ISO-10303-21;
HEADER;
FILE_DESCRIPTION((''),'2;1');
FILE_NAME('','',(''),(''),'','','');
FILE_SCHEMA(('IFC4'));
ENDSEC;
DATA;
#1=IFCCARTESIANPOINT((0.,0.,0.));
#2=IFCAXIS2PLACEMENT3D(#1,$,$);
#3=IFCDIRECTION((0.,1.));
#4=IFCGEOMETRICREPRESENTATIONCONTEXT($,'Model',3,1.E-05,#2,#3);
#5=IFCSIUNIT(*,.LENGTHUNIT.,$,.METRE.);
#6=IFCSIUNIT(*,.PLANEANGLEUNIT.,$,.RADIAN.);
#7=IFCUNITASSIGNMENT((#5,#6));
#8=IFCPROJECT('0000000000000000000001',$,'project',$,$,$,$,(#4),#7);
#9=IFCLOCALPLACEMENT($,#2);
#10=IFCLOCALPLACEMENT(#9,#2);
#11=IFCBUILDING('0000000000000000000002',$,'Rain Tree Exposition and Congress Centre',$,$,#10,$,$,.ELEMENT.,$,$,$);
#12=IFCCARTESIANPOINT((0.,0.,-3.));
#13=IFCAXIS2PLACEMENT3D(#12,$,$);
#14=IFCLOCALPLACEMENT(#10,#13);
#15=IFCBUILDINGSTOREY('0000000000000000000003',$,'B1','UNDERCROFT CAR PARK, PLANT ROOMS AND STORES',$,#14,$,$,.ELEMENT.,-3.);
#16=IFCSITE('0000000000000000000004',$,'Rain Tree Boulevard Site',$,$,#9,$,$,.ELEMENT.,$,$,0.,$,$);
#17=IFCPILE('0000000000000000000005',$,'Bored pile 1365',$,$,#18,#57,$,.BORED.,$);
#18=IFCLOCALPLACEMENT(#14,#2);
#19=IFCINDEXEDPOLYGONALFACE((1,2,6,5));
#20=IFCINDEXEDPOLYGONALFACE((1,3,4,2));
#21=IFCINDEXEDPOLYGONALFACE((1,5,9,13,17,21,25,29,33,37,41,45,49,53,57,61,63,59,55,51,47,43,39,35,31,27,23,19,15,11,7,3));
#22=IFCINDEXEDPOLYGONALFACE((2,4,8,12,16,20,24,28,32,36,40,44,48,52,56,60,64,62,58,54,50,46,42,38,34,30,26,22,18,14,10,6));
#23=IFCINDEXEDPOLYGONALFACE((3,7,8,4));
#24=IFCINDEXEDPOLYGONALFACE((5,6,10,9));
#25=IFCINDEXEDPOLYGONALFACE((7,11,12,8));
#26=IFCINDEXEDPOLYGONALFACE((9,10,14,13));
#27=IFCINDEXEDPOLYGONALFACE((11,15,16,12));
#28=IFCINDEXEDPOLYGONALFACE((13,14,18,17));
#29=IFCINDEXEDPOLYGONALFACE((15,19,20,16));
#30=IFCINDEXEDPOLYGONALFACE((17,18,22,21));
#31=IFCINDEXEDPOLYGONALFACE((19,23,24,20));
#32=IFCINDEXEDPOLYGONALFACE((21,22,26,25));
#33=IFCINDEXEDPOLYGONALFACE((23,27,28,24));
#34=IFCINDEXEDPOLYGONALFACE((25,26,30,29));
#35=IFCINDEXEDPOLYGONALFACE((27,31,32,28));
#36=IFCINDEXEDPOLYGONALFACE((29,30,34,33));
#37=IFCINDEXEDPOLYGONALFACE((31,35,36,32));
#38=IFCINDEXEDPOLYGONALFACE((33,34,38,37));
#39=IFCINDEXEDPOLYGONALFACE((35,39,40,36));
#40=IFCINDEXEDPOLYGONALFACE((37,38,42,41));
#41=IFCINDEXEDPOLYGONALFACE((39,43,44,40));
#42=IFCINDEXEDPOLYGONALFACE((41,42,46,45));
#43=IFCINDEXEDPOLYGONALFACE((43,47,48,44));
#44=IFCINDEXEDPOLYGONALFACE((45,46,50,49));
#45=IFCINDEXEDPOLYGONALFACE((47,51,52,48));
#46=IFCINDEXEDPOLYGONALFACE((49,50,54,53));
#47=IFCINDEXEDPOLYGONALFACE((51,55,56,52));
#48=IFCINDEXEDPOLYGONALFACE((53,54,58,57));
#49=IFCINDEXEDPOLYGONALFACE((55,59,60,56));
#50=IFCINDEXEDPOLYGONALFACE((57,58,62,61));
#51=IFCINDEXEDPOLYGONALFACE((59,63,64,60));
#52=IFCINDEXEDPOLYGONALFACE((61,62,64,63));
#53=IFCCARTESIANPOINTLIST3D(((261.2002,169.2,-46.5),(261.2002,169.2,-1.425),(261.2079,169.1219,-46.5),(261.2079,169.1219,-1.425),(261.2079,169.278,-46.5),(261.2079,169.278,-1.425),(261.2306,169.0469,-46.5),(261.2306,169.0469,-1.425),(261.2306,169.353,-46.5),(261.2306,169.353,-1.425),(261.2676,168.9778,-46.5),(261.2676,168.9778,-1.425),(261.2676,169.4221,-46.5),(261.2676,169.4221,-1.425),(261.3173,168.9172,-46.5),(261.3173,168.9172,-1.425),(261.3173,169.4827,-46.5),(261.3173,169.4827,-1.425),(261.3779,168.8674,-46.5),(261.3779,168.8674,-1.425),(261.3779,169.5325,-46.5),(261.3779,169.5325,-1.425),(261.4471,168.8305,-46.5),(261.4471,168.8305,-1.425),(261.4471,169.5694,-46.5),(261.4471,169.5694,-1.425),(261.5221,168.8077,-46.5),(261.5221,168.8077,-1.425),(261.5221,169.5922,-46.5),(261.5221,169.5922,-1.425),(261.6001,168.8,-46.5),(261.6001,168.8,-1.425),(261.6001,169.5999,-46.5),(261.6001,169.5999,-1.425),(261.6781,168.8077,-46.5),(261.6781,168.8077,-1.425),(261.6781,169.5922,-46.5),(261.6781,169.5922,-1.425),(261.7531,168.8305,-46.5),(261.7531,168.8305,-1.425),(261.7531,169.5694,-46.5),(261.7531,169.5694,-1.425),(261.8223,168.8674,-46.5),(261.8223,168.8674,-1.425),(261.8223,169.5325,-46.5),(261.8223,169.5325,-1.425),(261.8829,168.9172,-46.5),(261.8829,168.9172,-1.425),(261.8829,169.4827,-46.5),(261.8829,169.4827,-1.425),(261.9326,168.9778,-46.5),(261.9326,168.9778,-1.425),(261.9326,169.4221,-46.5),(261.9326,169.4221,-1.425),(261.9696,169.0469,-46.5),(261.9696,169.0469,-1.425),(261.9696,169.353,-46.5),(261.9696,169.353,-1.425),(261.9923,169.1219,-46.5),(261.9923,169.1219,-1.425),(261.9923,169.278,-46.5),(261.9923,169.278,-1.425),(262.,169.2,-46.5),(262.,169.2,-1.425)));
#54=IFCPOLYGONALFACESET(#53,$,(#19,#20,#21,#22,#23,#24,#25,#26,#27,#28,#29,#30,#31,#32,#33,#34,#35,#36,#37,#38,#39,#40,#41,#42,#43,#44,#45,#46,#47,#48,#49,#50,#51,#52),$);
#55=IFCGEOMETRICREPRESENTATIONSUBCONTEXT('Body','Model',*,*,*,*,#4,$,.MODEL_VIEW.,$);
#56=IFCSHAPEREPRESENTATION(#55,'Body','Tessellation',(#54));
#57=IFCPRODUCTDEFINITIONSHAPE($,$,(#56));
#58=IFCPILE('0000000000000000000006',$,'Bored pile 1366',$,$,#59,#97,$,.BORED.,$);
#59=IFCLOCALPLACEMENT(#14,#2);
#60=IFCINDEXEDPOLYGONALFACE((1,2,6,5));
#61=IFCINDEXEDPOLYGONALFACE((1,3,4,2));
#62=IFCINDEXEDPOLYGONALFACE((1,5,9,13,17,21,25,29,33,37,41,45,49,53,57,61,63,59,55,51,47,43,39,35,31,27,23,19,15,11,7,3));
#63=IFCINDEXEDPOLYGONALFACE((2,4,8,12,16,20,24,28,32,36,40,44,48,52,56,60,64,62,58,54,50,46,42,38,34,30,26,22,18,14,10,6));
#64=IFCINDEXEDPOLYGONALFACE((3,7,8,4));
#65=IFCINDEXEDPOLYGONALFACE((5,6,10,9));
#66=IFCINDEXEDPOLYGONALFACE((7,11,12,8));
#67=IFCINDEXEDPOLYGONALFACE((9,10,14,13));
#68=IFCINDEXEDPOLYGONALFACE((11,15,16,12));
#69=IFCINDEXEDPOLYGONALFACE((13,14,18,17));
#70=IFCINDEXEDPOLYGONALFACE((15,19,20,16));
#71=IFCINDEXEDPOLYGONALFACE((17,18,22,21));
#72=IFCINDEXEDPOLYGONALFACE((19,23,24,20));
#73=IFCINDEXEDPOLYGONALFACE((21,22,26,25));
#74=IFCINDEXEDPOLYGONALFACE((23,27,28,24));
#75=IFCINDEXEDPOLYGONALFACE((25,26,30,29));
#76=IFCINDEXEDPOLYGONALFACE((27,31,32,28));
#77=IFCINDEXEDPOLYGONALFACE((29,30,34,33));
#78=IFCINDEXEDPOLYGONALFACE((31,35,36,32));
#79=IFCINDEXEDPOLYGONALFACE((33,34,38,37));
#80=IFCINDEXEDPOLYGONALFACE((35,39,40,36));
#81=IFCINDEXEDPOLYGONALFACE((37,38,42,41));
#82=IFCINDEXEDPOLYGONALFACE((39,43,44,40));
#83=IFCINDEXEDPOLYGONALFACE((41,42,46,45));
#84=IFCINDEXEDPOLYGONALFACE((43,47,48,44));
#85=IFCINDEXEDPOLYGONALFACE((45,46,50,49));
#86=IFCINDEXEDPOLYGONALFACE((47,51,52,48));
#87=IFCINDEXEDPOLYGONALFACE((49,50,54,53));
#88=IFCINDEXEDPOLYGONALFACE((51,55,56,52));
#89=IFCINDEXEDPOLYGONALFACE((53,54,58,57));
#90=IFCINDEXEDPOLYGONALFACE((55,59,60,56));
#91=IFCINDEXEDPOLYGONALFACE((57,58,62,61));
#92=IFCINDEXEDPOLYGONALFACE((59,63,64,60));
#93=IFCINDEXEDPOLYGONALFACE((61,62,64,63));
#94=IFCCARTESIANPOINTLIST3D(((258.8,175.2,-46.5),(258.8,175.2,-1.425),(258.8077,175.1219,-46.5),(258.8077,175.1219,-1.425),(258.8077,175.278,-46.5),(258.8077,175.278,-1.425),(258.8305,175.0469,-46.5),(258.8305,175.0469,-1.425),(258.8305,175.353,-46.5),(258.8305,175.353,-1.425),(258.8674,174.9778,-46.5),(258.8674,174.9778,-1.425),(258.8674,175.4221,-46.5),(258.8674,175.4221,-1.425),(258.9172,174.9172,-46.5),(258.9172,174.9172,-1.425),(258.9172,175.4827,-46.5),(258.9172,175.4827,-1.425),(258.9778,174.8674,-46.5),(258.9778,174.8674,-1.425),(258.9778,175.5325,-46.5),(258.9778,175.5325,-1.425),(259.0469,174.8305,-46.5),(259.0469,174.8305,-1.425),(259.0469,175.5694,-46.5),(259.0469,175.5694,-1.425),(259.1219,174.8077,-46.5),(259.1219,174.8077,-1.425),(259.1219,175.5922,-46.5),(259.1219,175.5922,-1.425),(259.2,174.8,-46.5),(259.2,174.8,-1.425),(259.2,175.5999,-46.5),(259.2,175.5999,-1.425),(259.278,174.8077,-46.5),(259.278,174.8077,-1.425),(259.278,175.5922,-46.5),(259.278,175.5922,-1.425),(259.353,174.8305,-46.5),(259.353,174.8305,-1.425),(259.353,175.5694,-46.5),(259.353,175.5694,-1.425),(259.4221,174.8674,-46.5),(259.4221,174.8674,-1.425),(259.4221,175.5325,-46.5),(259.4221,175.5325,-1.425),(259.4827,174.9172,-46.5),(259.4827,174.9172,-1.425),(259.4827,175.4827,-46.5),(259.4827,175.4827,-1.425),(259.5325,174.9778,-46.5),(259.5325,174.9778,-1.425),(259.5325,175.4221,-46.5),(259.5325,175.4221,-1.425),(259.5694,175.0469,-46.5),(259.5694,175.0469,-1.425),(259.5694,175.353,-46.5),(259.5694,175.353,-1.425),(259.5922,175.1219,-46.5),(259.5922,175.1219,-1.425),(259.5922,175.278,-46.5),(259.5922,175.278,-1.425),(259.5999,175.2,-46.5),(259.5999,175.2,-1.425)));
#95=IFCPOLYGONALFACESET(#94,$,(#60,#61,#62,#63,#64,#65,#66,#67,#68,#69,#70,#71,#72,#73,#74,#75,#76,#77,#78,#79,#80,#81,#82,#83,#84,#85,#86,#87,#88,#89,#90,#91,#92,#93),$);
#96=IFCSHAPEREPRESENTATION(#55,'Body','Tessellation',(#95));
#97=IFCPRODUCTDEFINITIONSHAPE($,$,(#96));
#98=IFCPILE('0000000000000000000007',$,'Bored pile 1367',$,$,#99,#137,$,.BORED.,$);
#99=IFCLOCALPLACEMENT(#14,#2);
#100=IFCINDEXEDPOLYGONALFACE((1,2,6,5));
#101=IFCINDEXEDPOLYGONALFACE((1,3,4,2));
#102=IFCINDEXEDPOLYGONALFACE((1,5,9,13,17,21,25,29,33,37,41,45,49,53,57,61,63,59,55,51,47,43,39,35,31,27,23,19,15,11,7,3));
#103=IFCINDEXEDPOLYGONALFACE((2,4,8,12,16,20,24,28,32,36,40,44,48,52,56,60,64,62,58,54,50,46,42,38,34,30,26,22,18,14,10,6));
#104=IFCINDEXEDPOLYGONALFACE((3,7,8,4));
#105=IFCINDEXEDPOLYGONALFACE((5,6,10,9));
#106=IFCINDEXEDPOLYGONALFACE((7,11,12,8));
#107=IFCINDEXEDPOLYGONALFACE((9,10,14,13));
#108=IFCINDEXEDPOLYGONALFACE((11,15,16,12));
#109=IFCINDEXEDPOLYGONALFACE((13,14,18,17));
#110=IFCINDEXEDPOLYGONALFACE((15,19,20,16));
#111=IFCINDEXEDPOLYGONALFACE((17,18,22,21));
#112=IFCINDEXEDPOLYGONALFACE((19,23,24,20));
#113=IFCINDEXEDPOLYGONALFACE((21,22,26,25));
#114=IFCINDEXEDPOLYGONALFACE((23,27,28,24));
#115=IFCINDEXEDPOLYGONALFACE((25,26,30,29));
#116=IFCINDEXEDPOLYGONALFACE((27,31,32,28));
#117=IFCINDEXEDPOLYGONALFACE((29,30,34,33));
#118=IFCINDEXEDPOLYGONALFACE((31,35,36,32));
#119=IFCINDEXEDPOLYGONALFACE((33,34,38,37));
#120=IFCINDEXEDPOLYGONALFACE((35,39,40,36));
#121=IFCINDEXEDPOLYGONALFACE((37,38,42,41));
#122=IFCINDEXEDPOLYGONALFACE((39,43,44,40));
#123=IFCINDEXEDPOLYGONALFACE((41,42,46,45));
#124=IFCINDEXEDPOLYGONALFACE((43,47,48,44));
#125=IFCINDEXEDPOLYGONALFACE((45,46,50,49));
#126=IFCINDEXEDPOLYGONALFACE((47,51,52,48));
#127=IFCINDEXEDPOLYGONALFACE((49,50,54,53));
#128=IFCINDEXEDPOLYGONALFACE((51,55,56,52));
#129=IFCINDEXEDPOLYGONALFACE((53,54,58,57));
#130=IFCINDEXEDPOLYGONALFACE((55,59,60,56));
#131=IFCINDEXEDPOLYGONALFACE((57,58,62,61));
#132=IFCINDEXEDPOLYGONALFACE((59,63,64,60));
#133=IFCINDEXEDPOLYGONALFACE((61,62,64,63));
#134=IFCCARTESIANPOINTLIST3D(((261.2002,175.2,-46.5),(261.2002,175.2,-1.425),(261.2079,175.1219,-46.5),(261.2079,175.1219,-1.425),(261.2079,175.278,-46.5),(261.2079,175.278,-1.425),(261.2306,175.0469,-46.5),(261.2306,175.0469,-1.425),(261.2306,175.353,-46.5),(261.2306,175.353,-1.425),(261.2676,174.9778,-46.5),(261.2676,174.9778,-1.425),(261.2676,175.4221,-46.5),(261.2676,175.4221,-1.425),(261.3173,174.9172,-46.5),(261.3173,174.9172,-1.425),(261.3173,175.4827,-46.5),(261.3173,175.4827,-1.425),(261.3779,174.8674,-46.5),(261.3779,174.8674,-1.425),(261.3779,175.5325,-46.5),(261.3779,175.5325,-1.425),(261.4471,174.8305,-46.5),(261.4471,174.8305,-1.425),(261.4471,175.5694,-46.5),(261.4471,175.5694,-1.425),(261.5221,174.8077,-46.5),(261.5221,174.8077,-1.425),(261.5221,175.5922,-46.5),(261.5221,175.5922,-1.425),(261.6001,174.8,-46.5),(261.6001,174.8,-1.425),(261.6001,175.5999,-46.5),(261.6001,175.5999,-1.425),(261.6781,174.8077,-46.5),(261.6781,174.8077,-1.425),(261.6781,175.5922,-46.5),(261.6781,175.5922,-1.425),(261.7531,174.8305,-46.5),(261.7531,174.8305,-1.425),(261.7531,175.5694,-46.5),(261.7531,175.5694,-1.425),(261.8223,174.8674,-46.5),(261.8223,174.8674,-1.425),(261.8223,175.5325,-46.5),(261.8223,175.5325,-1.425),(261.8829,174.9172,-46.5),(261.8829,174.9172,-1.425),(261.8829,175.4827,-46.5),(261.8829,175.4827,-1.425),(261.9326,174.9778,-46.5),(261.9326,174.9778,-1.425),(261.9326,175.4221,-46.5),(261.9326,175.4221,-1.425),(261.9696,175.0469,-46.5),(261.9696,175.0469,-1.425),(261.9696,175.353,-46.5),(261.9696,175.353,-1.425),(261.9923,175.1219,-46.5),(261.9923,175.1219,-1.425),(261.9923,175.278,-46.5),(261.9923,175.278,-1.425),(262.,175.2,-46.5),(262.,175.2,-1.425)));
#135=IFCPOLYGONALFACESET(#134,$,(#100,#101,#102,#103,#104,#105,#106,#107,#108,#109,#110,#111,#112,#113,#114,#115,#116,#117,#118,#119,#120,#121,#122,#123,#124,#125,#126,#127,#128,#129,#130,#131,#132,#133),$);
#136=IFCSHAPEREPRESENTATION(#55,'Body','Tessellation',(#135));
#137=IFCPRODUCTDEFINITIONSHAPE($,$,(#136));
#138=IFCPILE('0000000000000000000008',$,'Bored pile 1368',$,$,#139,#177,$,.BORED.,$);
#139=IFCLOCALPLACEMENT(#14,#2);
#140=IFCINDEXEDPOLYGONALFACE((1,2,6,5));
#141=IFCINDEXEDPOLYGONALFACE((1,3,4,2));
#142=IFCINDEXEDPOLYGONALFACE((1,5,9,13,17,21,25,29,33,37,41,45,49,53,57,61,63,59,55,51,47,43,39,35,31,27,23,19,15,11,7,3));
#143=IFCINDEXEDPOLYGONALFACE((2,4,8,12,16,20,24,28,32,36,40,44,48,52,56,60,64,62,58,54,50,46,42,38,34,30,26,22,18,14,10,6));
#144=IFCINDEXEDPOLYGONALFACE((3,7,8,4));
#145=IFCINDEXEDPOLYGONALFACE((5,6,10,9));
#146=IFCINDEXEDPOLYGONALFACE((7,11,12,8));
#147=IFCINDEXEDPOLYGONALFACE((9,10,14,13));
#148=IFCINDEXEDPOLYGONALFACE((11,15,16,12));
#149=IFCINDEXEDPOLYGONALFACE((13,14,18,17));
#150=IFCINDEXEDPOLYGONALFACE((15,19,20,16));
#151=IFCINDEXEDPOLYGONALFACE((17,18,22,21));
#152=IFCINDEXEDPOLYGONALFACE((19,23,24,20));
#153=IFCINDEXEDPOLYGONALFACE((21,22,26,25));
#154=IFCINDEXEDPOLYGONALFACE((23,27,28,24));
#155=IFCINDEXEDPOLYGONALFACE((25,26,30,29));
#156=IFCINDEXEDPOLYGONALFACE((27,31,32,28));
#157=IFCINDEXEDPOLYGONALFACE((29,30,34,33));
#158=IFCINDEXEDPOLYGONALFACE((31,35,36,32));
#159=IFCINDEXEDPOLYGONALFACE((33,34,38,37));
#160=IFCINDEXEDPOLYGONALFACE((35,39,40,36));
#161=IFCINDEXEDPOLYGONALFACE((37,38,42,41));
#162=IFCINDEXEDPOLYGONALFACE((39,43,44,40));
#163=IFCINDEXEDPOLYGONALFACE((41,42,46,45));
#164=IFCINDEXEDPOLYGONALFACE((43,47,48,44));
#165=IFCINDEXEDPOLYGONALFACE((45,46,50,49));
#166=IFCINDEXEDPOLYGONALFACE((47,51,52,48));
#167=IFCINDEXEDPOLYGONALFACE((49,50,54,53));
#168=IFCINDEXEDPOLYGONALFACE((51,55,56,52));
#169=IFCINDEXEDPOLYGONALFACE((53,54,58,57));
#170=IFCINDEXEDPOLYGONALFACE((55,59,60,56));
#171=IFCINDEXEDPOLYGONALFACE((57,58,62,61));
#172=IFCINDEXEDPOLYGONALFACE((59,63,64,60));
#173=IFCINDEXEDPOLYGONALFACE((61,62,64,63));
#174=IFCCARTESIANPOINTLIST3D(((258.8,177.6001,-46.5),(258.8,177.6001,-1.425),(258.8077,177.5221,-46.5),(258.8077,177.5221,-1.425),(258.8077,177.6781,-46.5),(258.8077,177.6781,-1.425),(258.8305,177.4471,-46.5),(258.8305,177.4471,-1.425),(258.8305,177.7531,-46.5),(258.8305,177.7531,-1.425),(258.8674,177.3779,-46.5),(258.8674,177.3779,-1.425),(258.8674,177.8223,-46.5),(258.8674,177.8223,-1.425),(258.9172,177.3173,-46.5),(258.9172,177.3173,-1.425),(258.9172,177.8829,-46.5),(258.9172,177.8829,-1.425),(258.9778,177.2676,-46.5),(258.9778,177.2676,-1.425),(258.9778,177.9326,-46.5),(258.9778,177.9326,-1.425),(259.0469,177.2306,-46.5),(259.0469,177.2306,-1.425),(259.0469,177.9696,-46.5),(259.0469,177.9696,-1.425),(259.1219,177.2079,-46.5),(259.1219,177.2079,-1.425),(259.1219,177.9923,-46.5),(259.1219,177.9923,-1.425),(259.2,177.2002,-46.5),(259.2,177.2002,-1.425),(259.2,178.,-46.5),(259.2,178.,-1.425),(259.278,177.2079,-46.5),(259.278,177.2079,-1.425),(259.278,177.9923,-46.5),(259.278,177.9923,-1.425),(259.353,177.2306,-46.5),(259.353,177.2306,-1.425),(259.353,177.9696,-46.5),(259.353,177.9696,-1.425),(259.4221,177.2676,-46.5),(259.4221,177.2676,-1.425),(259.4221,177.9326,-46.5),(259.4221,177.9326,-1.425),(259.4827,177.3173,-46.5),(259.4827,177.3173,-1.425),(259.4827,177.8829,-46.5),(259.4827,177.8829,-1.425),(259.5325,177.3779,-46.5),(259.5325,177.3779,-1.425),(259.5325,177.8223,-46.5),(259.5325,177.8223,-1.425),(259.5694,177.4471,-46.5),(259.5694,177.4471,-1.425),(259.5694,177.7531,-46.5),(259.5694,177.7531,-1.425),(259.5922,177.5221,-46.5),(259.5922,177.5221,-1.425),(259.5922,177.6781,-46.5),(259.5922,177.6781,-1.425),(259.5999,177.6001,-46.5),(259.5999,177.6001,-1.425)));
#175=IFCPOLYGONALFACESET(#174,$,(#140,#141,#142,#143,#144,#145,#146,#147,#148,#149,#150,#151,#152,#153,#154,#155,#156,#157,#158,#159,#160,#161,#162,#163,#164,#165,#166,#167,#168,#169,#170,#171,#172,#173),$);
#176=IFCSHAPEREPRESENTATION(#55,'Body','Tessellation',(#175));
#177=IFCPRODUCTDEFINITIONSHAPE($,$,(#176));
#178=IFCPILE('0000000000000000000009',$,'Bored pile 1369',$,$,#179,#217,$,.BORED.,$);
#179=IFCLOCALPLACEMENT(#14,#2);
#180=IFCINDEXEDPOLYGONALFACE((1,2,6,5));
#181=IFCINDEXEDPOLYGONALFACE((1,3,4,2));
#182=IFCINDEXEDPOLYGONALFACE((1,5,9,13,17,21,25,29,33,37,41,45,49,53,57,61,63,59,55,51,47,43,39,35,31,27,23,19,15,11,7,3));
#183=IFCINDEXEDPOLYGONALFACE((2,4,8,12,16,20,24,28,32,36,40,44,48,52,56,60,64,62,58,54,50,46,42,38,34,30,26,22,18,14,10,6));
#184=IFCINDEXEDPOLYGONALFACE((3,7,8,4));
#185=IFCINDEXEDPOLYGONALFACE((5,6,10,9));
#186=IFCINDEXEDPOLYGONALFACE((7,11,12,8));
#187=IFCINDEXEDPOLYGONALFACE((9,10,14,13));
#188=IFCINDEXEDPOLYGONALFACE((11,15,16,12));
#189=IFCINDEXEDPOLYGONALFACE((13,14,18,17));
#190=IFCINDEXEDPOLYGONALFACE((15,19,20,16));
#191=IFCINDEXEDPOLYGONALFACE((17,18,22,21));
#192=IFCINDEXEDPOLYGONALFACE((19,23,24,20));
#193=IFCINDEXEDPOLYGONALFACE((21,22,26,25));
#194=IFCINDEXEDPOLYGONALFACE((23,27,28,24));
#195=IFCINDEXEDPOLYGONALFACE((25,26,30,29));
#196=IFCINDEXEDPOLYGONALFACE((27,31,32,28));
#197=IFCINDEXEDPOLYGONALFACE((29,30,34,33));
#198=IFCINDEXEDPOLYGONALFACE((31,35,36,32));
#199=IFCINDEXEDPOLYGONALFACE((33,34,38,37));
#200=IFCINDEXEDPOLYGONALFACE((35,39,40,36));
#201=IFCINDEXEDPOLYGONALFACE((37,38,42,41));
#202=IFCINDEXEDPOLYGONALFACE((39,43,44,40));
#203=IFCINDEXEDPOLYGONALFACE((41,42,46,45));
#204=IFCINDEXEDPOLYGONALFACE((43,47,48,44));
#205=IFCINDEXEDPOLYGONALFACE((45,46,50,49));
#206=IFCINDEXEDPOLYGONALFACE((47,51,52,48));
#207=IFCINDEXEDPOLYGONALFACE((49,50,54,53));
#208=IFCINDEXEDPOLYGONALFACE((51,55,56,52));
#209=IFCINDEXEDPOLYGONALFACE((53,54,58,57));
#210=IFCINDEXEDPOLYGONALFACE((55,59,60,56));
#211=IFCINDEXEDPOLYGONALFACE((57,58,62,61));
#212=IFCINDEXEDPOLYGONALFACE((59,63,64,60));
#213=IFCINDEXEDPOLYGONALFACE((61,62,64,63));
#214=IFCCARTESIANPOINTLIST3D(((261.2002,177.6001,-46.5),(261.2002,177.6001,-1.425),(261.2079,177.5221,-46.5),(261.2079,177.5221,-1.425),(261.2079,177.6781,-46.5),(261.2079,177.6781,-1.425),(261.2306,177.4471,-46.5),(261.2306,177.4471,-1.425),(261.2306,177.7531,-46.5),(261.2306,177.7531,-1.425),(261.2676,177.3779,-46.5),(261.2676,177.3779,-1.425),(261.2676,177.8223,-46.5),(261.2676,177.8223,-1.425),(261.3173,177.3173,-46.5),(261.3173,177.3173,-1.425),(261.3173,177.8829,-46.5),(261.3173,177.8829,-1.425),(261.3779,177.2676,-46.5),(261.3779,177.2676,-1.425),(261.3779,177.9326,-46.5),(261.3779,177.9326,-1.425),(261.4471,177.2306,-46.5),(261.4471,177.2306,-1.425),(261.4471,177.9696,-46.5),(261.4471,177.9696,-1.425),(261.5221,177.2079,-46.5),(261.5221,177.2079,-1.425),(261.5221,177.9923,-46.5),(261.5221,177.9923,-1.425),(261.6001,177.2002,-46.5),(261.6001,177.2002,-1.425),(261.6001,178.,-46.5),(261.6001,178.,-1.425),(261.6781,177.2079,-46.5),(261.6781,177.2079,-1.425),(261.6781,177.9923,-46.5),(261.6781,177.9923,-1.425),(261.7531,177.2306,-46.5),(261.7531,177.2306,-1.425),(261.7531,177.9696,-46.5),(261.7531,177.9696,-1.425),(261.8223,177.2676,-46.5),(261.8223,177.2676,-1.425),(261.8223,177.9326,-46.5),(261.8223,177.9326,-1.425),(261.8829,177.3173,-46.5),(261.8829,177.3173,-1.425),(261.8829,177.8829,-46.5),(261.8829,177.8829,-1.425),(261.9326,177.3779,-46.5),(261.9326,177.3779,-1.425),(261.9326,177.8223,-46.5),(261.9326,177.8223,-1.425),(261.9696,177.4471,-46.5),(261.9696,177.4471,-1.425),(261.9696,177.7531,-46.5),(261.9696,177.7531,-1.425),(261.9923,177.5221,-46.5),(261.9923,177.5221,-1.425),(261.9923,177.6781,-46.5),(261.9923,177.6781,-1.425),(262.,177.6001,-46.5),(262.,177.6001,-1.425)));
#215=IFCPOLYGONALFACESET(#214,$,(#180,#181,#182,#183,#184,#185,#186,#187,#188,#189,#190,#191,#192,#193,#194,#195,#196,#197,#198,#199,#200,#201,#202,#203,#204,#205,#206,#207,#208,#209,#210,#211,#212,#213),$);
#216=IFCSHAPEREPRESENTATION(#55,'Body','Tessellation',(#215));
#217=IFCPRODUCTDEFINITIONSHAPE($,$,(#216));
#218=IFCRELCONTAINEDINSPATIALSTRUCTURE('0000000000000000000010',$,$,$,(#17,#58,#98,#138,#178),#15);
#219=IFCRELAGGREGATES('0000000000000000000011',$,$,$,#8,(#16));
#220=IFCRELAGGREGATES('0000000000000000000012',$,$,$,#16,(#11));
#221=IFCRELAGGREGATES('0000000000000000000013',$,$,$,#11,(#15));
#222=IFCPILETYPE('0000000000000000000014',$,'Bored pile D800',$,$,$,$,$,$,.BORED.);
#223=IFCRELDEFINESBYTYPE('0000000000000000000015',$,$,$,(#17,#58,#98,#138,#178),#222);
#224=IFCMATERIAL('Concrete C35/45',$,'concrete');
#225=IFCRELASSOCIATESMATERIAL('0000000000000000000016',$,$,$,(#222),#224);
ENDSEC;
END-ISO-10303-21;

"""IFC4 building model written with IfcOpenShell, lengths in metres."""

from ifc_helpers import new_model, si_unit, direction, frame, origin, origin_2d, place, context, subcontext, project, spatial, circle, extrude, material, material_profile, profile_set, type_object, element, save


model = new_model("IFC4")

# Units and contexts
model_context = context("Model", 3, precision=1e-05, world=origin(), true_north=direction((0.0, 1.0)))
body_context = subcontext(model_context, "Body", "Model", "MODEL_VIEW")
ifc_project = project(units=[si_unit("LENGTHUNIT", "METRE"), si_unit("PLANEANGLEUNIT", "RADIAN")], contexts=[model_context])

# Site, building, storey
site_placement = place(None, origin())
site = spatial("IfcSite", under=ifc_project, at=site_placement, Name="Rain Tree Boulevard Site", CompositionType="ELEMENT", RefElevation=0.0)
building_placement = place(site_placement, origin())
building = spatial("IfcBuilding", under=site, at=building_placement, Name="Rain Tree Exposition and Congress Centre", CompositionType="ELEMENT")
storey_placement = place(building_placement, frame((0.0, 0.0, -3.0)))
storey = spatial("IfcBuildingStorey", under=building, at=storey_placement, Name="B1", Description="UNDERCROFT CAR PARK, PLANT ROOMS AND STORES", CompositionType="ELEMENT", Elevation=-3.0)

# Piles
ifc_material_1 = material(Name="Concrete C35/45", Category="concrete")
ifc_material_profile_1 = material_profile(ifc_material_1, circle(Radius=0.3999, at=origin_2d()), Name="D800")
ifc_profile_set_1 = profile_set([ifc_material_profile_1], Name="Concrete C35/45")
pile_type_1 = type_object("IfcPileType", Name="Bored pile D800", PredefinedType="BORED", material=ifc_profile_set_1)
for number, where, z_axis, x_axis, name in (
    (1, (261.6001, 169.2, -1.425), (0.0, 0.0, -1.0), (1.0, 0.0, 0.0), "Bored pile 1365"),
    (2, (259.2, 175.2, -1.425), (0.0, 0.0, -1.0), (1.0, 0.0, 0.0), "Bored pile 1366"),
    (3, (261.6001, 175.2, -1.425), (0.0, 0.0, -1.0), (1.0, 0.0, 0.0), "Bored pile 1367"),
    (4, (259.2, 177.6001, -1.425), (0.0, 0.0, -1.0), (1.0, 0.0, 0.0), "Bored pile 1368"),
    (5, (261.6001, 177.6001, -1.425), (0.0, 0.0, -1.0), (1.0, 0.0, 0.0), "Bored pile 1369"),
):
    element("IfcPile", number, at=place(storey_placement, frame(where, z_axis=z_axis, x_axis=x_axis)), inside=storey, type_object=pile_type_1, Name=name, PredefinedType="BORED", context=body_context, shape_type="SweptSolid", body=[
        extrude(circle(Radius=0.3999, at=origin_2d()), origin(), (0.0, 0.0, 1.0), 45.075),
    ])

save(model, "model.ifc")
